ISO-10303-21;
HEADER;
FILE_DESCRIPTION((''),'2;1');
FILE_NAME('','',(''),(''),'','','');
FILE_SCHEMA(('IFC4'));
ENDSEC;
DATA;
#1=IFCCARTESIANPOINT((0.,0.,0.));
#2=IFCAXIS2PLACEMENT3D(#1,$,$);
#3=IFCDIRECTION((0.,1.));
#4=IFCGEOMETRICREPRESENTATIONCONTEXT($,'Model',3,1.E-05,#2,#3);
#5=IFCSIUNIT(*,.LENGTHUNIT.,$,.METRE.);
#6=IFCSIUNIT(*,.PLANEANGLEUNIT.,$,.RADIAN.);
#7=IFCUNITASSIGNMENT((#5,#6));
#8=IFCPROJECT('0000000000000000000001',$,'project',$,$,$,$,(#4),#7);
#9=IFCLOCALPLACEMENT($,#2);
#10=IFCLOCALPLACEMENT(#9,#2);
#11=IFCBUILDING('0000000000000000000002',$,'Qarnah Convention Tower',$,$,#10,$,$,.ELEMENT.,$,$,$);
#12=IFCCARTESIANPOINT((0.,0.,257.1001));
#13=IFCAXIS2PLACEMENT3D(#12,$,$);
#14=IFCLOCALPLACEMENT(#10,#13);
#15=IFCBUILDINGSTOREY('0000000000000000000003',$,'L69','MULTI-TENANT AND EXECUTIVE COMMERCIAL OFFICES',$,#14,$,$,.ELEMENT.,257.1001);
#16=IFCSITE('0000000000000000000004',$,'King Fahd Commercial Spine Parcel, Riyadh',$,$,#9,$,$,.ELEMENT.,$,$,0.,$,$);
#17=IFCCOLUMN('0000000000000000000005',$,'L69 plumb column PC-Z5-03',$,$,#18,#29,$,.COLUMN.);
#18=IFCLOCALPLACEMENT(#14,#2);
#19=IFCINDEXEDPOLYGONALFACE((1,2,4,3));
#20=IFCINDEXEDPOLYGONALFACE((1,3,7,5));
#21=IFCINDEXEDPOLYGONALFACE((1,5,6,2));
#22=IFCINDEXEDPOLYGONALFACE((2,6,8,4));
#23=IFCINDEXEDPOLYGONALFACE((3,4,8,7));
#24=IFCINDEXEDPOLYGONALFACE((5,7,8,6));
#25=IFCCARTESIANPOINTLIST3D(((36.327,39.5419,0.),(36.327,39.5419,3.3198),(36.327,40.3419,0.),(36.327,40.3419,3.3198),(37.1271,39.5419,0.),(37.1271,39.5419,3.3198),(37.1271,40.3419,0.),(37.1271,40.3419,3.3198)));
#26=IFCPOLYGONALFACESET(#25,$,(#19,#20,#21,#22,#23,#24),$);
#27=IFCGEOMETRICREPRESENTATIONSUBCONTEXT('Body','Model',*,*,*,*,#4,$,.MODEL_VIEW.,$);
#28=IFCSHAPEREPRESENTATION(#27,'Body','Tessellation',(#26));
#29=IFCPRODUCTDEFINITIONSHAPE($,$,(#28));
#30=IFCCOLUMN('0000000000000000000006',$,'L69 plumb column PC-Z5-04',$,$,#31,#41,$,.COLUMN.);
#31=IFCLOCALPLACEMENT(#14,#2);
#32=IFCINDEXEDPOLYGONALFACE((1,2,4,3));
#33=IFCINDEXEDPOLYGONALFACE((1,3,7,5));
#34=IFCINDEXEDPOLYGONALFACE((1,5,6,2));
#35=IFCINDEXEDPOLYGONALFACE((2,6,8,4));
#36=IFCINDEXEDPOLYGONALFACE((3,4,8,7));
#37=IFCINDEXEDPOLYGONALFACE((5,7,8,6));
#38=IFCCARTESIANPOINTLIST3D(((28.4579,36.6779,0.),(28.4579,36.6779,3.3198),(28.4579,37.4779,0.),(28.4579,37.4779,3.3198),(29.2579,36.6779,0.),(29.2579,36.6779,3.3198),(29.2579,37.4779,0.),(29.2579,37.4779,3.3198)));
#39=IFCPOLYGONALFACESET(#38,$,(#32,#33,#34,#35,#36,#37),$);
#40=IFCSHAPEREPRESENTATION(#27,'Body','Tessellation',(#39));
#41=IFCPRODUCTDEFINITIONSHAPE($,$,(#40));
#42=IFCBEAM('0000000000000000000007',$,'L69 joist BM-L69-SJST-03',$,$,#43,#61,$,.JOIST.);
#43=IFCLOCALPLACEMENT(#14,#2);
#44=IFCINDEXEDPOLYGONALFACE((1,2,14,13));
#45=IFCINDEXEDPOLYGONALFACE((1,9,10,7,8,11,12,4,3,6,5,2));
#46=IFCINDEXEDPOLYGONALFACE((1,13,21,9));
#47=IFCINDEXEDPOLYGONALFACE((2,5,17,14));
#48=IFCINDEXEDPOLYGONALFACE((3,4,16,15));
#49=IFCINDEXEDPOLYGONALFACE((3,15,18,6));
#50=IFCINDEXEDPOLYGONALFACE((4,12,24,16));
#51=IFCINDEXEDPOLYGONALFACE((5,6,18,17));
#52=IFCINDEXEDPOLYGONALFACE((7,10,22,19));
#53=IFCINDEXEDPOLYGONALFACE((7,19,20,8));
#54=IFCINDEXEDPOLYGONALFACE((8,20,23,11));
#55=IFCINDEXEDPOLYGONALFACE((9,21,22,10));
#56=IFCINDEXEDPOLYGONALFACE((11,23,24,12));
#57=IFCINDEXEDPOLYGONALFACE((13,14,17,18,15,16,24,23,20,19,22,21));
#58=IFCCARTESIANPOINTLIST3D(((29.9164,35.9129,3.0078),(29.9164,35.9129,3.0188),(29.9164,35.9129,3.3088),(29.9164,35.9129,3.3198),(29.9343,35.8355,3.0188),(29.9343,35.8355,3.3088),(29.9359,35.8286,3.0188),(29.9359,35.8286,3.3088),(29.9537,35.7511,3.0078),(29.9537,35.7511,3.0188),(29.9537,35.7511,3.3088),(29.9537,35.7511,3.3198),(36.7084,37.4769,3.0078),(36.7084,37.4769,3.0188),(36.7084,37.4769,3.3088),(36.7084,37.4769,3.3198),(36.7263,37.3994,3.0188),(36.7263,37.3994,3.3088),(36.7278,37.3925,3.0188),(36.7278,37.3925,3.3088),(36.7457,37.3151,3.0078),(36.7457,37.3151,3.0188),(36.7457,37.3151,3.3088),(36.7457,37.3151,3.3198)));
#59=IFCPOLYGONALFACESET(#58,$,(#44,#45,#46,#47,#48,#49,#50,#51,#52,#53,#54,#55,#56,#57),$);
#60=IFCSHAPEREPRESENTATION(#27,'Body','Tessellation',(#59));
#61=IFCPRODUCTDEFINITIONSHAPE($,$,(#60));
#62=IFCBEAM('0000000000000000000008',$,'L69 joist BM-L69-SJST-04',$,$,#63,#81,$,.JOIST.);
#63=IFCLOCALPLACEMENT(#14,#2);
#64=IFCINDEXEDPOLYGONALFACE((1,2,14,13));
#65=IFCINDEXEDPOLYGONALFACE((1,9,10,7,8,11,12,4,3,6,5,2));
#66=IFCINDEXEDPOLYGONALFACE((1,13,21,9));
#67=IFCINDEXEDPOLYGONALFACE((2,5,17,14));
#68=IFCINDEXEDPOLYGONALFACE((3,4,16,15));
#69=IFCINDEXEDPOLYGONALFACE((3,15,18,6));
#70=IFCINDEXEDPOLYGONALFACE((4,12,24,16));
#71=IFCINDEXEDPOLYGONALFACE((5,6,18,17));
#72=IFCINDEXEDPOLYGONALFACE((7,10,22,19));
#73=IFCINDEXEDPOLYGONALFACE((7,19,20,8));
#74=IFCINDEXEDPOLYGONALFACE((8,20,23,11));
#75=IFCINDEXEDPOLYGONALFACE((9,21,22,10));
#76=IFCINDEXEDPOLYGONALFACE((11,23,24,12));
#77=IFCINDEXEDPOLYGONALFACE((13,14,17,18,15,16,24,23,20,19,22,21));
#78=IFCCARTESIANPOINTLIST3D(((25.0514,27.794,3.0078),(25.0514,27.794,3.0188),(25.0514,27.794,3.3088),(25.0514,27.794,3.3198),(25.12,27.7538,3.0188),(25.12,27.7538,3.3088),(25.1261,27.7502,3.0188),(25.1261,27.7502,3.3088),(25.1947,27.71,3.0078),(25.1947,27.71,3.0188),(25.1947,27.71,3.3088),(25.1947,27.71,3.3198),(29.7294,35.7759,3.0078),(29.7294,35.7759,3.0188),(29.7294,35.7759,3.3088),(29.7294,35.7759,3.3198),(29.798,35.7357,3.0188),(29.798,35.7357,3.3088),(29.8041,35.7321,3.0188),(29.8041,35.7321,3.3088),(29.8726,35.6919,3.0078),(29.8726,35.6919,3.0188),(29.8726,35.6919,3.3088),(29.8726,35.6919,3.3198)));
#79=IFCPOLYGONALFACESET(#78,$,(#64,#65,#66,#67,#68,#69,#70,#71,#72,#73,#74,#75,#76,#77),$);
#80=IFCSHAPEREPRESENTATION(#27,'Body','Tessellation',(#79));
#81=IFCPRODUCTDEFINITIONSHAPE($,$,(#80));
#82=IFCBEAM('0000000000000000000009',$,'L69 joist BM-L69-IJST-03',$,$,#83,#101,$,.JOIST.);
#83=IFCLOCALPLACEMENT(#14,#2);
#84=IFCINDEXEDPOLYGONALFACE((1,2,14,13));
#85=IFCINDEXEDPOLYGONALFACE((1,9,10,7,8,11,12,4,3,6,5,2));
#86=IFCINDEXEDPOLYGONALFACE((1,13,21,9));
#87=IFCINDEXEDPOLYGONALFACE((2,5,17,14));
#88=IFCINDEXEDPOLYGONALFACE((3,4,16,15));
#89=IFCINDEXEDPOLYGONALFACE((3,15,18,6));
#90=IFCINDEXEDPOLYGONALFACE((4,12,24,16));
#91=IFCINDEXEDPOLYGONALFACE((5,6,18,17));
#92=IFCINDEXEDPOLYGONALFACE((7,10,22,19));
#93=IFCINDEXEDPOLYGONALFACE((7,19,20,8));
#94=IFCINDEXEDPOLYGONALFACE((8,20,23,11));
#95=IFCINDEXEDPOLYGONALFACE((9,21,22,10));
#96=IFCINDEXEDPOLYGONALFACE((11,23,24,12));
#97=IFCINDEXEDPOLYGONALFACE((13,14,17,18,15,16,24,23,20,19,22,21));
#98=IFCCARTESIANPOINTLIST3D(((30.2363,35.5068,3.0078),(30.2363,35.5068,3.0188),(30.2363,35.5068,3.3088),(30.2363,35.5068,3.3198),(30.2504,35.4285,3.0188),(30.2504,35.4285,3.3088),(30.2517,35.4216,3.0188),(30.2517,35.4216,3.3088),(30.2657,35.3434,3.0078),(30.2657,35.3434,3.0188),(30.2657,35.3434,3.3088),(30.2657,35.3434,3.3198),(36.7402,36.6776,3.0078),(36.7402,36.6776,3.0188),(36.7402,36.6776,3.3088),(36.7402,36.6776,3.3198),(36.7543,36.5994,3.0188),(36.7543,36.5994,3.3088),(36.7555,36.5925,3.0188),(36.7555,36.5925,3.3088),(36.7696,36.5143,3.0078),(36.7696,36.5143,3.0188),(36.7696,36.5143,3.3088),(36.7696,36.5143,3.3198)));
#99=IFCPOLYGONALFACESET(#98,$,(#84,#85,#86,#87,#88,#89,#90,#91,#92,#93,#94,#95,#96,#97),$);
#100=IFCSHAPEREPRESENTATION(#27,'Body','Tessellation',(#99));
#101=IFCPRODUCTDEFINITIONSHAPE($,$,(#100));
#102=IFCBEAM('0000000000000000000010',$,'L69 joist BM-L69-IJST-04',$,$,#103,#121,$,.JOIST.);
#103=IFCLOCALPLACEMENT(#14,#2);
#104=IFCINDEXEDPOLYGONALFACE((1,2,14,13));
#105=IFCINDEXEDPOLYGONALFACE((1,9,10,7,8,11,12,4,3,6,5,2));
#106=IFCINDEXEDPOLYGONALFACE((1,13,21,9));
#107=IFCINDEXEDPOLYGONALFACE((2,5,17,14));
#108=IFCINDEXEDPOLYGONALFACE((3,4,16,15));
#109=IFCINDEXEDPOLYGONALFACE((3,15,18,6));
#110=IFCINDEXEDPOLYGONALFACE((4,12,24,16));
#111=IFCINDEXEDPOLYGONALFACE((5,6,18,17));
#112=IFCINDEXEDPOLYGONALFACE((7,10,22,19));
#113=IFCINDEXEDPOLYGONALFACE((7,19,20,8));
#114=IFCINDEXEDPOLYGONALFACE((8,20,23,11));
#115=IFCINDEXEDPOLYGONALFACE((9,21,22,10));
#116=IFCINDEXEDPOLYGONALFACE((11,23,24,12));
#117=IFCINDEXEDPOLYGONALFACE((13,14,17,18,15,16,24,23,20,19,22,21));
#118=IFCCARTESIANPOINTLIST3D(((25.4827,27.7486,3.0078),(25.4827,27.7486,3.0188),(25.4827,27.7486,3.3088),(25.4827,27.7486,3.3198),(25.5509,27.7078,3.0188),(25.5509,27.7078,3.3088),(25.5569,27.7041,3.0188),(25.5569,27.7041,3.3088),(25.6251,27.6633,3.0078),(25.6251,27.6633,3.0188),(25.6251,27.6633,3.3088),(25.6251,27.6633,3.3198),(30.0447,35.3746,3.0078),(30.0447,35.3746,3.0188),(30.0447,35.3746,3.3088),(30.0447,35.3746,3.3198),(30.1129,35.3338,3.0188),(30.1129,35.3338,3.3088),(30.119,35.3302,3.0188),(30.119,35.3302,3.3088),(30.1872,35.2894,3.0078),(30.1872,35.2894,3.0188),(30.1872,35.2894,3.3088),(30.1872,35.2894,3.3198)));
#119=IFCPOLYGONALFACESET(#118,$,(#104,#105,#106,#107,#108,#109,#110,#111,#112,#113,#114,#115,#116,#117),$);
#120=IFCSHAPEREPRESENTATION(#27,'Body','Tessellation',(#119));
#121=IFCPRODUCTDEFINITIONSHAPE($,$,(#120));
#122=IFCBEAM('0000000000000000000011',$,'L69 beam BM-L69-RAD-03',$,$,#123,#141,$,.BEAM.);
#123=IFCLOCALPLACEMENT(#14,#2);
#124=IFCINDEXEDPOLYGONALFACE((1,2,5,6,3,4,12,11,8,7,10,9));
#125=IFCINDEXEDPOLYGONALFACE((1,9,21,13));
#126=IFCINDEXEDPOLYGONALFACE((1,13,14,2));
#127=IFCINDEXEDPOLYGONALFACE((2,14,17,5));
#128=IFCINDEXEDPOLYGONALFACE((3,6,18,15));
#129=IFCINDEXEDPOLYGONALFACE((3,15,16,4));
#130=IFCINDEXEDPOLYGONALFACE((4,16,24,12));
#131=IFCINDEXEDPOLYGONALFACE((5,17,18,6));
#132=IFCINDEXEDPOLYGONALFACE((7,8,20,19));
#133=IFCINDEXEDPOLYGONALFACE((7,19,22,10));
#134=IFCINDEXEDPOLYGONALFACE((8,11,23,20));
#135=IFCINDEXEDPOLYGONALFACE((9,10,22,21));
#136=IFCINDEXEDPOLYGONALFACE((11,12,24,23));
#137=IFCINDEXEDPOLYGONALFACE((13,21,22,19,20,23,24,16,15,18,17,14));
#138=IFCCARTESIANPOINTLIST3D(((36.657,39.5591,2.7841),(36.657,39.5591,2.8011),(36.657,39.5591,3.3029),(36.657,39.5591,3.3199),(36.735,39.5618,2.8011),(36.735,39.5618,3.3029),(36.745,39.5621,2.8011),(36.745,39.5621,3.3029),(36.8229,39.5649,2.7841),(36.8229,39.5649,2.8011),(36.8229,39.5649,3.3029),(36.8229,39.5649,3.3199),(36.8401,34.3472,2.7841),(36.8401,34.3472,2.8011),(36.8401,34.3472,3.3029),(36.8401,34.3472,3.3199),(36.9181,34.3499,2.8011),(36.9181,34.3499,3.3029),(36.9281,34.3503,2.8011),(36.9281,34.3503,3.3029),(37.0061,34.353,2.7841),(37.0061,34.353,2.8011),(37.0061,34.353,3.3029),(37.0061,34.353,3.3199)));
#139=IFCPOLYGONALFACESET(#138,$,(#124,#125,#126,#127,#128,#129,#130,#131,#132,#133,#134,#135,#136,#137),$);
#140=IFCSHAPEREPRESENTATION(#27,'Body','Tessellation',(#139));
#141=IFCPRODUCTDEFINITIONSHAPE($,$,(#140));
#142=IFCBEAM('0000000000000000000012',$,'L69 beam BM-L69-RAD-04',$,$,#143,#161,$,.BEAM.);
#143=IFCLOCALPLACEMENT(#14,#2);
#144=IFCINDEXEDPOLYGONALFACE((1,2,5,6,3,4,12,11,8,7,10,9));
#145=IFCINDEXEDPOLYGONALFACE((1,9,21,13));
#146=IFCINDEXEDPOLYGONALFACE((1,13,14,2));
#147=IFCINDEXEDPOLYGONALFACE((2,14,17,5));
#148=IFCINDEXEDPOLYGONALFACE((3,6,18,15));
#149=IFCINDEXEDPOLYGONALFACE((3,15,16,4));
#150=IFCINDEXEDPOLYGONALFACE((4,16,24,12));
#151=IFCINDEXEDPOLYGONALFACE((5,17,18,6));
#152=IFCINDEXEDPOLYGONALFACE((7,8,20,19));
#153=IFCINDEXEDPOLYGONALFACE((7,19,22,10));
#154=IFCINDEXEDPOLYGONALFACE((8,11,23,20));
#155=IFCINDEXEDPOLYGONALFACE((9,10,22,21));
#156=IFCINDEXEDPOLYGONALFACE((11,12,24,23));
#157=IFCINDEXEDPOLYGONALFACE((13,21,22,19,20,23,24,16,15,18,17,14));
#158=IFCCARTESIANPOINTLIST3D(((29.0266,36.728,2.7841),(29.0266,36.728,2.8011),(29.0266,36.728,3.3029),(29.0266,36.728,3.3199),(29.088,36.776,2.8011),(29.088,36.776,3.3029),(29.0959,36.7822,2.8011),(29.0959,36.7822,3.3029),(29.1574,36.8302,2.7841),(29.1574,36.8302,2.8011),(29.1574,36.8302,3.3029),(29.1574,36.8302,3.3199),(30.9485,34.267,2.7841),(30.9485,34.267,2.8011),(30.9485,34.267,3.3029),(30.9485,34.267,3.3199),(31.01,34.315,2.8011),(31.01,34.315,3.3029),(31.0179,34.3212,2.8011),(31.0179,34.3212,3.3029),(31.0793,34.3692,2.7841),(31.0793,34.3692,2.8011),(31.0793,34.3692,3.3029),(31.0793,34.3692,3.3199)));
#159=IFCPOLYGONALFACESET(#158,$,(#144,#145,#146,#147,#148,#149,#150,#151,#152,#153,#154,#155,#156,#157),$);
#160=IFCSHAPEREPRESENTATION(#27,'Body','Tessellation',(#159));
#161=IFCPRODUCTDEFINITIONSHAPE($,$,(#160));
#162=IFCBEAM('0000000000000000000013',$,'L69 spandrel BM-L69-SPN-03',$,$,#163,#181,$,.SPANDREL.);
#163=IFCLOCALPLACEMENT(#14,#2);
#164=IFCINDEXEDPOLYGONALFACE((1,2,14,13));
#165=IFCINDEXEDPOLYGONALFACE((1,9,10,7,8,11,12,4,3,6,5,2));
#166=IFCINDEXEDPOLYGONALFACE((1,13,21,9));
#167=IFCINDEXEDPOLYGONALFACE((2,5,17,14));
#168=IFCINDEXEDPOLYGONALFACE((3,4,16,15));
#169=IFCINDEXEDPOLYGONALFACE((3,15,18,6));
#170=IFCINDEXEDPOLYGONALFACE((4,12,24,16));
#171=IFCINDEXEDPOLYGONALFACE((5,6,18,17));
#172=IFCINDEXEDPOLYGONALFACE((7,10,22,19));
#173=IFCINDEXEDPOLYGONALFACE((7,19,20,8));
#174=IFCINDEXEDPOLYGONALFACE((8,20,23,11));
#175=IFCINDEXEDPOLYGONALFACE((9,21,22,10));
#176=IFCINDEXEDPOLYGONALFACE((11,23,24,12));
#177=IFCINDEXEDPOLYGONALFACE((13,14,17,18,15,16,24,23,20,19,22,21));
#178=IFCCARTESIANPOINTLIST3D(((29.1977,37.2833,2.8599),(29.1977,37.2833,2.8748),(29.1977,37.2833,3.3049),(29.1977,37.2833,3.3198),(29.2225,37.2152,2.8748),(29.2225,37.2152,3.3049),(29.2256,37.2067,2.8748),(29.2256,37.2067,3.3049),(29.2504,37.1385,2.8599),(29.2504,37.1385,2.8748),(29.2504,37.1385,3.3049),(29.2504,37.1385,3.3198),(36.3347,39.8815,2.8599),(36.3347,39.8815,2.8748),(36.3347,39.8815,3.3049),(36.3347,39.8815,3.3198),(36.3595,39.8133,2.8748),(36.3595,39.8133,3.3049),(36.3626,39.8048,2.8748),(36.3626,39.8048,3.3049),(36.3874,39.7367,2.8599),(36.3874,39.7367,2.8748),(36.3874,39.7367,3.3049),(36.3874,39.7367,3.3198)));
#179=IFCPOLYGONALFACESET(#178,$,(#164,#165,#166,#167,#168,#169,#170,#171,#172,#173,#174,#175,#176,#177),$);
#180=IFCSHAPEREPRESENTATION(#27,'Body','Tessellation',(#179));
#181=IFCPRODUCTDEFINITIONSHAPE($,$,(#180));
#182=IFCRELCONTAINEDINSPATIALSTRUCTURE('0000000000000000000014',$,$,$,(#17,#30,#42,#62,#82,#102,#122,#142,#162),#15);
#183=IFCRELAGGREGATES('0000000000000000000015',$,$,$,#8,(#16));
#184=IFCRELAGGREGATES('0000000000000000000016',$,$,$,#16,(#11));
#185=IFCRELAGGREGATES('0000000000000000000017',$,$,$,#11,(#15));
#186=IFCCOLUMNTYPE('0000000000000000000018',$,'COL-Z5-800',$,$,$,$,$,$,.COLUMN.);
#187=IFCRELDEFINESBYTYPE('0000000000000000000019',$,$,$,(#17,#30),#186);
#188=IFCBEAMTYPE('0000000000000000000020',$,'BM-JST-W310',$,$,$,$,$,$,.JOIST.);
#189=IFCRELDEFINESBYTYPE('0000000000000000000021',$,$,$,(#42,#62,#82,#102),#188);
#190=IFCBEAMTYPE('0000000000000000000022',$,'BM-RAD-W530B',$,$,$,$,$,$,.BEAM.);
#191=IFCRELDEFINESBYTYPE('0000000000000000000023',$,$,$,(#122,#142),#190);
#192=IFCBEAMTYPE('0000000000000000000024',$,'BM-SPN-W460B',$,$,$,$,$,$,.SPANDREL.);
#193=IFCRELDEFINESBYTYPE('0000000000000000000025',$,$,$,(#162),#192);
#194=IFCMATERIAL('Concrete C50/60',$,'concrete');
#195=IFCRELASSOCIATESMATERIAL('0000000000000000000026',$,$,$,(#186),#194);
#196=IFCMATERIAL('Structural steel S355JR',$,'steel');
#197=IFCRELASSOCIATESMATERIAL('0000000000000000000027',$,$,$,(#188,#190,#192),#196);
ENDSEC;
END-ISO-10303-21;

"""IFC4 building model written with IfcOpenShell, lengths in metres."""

from ifc_helpers import new_model, si_unit, direction, frame, origin, origin_2d, place, context, subcontext, project, spatial, rectangle, i_section, extrude, material, material_profile, profile_set, type_object, element, save


model = new_model("IFC4")

# Units and contexts
model_context = context("Model", 3, precision=1e-05, world=origin(), true_north=direction((0.0, 1.0)))
body_context = subcontext(model_context, "Body", "Model", "MODEL_VIEW")
ifc_project = project(units=[si_unit("LENGTHUNIT", "METRE"), si_unit("PLANEANGLEUNIT", "RADIAN")], contexts=[model_context])

# Site, building, storey
site_placement = place(None, origin())
site = spatial("IfcSite", under=ifc_project, at=site_placement, Name="King Fahd Commercial Spine Parcel, Riyadh", CompositionType="ELEMENT", RefElevation=0.0)
building_placement = place(site_placement, origin())
building = spatial("IfcBuilding", under=site, at=building_placement, Name="Qarnah Convention Tower", CompositionType="ELEMENT")
storey_placement = place(building_placement, frame((0.0, 0.0, 257.1001)))
storey = spatial("IfcBuildingStorey", under=building, at=storey_placement, Name="L69", Description="MULTI-TENANT AND EXECUTIVE COMMERCIAL OFFICES", CompositionType="ELEMENT", Elevation=257.1001)

# Columns
ifc_material_1 = material(Name="Concrete C50/60", Category="concrete")
ifc_material_profile_1 = material_profile(ifc_material_1, rectangle(XDim=0.8, YDim=0.8, at=origin_2d()), Name="RC-COL-800X800")
ifc_profile_set_1 = profile_set([ifc_material_profile_1], Name="Concrete C50/60")
column_type = type_object("IfcColumnType", Name="COL-Z5-800", PredefinedType="COLUMN", material=ifc_profile_set_1)
for number, where, z_axis, x_axis, name in (
    (1, (36.7271, 39.9419, 0.0), (0.0, 0.0, 1.0), (1.0, 0.0, 0.0), "L69 plumb column PC-Z5-03"),
    (2, (28.8579, 37.0779, 0.0), (0.0, 0.0, 1.0), (1.0, 0.0, 0.0), "L69 plumb column PC-Z5-04"),
):
    element("IfcColumn", number, at=place(storey_placement, frame(where, z_axis=z_axis, x_axis=x_axis)), inside=storey, type_object=column_type, Name=name, PredefinedType="COLUMN", context=body_context, shape_type="SweptSolid", body=[
        extrude(rectangle(XDim=0.8, YDim=0.8, at=origin_2d()), origin(), (0.0, 0.0, 1.0), 3.3198),
    ])

# Beams
ifc_material_2 = material(Name="Structural steel S355JR", Category="steel")
ifc_material_profile_2 = material_profile(ifc_material_2, i_section(OverallWidth=0.166, OverallDepth=0.312, WebThickness=0.0071, FlangeThickness=0.011, at=origin_2d()), Name="W310X45")
ifc_profile_set_2 = profile_set([ifc_material_profile_2], Name="Structural steel S355JR")
beam_type_1 = type_object("IfcBeamType", Name="BM-JST-W310", PredefinedType="JOIST", material=ifc_profile_set_2)
beam_1_placement = place(storey_placement, frame((36.7271, 37.396, 3.1638), z_axis=(-0.974499, -0.224394, 0.0), x_axis=(0.224394, -0.974499, 0.0)))
element("IfcBeam", 3, at=beam_1_placement, inside=storey, type_object=beam_type_1, Name="L69 joist BM-L69-SJST-03", PredefinedType="JOIST", context=body_context, shape_type="SweptSolid", body=[
    extrude(i_section(OverallWidth=0.166, OverallDepth=0.312, WebThickness=0.0071, FlangeThickness=0.011, at=origin_2d()), origin(), (0.0, 0.0, 1.0), 6.9697),
])
beam_2_placement = place(storey_placement, frame((29.801, 35.7339, 3.1638), z_axis=(-0.505632, -0.862749, 0.0), x_axis=(0.862749, -0.505632, 0.0)))
element("IfcBeam", 4, at=beam_2_placement, inside=storey, type_object=beam_type_1, Name="L69 joist BM-L69-SJST-04", PredefinedType="JOIST", context=body_context, shape_type="SweptSolid", body=[
    extrude(i_section(OverallWidth=0.166, OverallDepth=0.312, WebThickness=0.0071, FlangeThickness=0.011, at=origin_2d()), origin(), (0.0, 0.0, 1.0), 9.2517),
])
beam_3_placement = place(storey_placement, frame((36.7549, 36.5959, 3.1638), z_axis=(-0.984178, -0.177182, 0.0), x_axis=(0.177182, -0.984178, 0.0)))
element("IfcBeam", 5, at=beam_3_placement, inside=storey, type_object=beam_type_1, Name="L69 joist BM-L69-IJST-03", PredefinedType="JOIST", context=body_context, shape_type="SweptSolid", body=[
    extrude(i_section(OverallWidth=0.166, OverallDepth=0.312, WebThickness=0.0071, FlangeThickness=0.011, at=origin_2d()), origin(), (0.0, 0.0, 1.0), 6.6084),
])
beam_4_placement = place(storey_placement, frame((30.116, 35.332, 3.1638), z_axis=(-0.513372, -0.858166, 0.0), x_axis=(0.858166, -0.513372, 0.0)))
element("IfcBeam", 6, at=beam_4_placement, inside=storey, type_object=beam_type_1, Name="L69 joist BM-L69-IJST-04", PredefinedType="JOIST", context=body_context, shape_type="SweptSolid", body=[
    extrude(i_section(OverallWidth=0.166, OverallDepth=0.312, WebThickness=0.0071, FlangeThickness=0.011, at=origin_2d()), origin(), (0.0, 0.0, 1.0), 8.8865),
])
ifc_material_profile_3 = material_profile(ifc_material_2, i_section(OverallWidth=0.166, OverallDepth=0.5359, WebThickness=0.01, FlangeThickness=0.0171, at=origin_2d()), Name="W530X85")
ifc_profile_set_3 = profile_set([ifc_material_profile_3], Name="Structural steel S355JR")
beam_type_2 = type_object("IfcBeamType", Name="BM-RAD-W530B", PredefinedType="BEAM", material=ifc_profile_set_3)
beam_5_placement = place(storey_placement, frame((36.9231, 34.3501, 3.052), z_axis=(-0.03511, 0.999383, 0.0), x_axis=(-0.999383, -0.03511, 0.0)))
element("IfcBeam", 7, at=beam_5_placement, inside=storey, type_object=beam_type_2, Name="L69 beam BM-L69-RAD-03", PredefinedType="BEAM", context=body_context, shape_type="SweptSolid", body=[
    extrude(i_section(OverallWidth=0.166, OverallDepth=0.5359, WebThickness=0.01, FlangeThickness=0.0171, at=origin_2d()), origin(), (0.0, 0.0, 1.0), 5.2151),
])
beam_6_placement = place(storey_placement, frame((31.0139, 34.3181, 3.052), z_axis=(-0.615498, 0.788138, 0.0), x_axis=(-0.788138, -0.615498, 0.0)))
element("IfcBeam", 8, at=beam_6_placement, inside=storey, type_object=beam_type_2, Name="L69 beam BM-L69-RAD-04", PredefinedType="BEAM", context=body_context, shape_type="SweptSolid", body=[
    extrude(i_section(OverallWidth=0.166, OverallDepth=0.5359, WebThickness=0.01, FlangeThickness=0.0171, at=origin_2d()), origin(), (0.0, 0.0, 1.0), 3.1226),
])
ifc_material_profile_4 = material_profile(ifc_material_2, i_section(OverallWidth=0.1541, OverallDepth=0.46, WebThickness=0.009, FlangeThickness=0.0149, at=origin_2d()), Name="W460X68")
ifc_profile_set_4 = profile_set([ifc_material_profile_4], Name="Structural steel S355JR")
beam_type_3 = type_object("IfcBeamType", Name="BM-SPN-W460B", PredefinedType="SPANDREL", material=ifc_profile_set_4)
beam_7_placement = place(storey_placement, frame((36.3611, 39.8091, 3.0898), z_axis=(-0.939671, -0.342079, 0.0), x_axis=(0.342079, -0.939671, 0.0)))
element("IfcBeam", 9, at=beam_7_placement, inside=storey, type_object=beam_type_3, Name="L69 spandrel BM-L69-SPN-03", PredefinedType="SPANDREL", context=body_context, shape_type="SweptSolid", body=[
    extrude(i_section(OverallWidth=0.1541, OverallDepth=0.46, WebThickness=0.009, FlangeThickness=0.0149, at=origin_2d()), origin(), (0.0, 0.0, 1.0), 7.5952),
])

save(model, "model.ifc")
